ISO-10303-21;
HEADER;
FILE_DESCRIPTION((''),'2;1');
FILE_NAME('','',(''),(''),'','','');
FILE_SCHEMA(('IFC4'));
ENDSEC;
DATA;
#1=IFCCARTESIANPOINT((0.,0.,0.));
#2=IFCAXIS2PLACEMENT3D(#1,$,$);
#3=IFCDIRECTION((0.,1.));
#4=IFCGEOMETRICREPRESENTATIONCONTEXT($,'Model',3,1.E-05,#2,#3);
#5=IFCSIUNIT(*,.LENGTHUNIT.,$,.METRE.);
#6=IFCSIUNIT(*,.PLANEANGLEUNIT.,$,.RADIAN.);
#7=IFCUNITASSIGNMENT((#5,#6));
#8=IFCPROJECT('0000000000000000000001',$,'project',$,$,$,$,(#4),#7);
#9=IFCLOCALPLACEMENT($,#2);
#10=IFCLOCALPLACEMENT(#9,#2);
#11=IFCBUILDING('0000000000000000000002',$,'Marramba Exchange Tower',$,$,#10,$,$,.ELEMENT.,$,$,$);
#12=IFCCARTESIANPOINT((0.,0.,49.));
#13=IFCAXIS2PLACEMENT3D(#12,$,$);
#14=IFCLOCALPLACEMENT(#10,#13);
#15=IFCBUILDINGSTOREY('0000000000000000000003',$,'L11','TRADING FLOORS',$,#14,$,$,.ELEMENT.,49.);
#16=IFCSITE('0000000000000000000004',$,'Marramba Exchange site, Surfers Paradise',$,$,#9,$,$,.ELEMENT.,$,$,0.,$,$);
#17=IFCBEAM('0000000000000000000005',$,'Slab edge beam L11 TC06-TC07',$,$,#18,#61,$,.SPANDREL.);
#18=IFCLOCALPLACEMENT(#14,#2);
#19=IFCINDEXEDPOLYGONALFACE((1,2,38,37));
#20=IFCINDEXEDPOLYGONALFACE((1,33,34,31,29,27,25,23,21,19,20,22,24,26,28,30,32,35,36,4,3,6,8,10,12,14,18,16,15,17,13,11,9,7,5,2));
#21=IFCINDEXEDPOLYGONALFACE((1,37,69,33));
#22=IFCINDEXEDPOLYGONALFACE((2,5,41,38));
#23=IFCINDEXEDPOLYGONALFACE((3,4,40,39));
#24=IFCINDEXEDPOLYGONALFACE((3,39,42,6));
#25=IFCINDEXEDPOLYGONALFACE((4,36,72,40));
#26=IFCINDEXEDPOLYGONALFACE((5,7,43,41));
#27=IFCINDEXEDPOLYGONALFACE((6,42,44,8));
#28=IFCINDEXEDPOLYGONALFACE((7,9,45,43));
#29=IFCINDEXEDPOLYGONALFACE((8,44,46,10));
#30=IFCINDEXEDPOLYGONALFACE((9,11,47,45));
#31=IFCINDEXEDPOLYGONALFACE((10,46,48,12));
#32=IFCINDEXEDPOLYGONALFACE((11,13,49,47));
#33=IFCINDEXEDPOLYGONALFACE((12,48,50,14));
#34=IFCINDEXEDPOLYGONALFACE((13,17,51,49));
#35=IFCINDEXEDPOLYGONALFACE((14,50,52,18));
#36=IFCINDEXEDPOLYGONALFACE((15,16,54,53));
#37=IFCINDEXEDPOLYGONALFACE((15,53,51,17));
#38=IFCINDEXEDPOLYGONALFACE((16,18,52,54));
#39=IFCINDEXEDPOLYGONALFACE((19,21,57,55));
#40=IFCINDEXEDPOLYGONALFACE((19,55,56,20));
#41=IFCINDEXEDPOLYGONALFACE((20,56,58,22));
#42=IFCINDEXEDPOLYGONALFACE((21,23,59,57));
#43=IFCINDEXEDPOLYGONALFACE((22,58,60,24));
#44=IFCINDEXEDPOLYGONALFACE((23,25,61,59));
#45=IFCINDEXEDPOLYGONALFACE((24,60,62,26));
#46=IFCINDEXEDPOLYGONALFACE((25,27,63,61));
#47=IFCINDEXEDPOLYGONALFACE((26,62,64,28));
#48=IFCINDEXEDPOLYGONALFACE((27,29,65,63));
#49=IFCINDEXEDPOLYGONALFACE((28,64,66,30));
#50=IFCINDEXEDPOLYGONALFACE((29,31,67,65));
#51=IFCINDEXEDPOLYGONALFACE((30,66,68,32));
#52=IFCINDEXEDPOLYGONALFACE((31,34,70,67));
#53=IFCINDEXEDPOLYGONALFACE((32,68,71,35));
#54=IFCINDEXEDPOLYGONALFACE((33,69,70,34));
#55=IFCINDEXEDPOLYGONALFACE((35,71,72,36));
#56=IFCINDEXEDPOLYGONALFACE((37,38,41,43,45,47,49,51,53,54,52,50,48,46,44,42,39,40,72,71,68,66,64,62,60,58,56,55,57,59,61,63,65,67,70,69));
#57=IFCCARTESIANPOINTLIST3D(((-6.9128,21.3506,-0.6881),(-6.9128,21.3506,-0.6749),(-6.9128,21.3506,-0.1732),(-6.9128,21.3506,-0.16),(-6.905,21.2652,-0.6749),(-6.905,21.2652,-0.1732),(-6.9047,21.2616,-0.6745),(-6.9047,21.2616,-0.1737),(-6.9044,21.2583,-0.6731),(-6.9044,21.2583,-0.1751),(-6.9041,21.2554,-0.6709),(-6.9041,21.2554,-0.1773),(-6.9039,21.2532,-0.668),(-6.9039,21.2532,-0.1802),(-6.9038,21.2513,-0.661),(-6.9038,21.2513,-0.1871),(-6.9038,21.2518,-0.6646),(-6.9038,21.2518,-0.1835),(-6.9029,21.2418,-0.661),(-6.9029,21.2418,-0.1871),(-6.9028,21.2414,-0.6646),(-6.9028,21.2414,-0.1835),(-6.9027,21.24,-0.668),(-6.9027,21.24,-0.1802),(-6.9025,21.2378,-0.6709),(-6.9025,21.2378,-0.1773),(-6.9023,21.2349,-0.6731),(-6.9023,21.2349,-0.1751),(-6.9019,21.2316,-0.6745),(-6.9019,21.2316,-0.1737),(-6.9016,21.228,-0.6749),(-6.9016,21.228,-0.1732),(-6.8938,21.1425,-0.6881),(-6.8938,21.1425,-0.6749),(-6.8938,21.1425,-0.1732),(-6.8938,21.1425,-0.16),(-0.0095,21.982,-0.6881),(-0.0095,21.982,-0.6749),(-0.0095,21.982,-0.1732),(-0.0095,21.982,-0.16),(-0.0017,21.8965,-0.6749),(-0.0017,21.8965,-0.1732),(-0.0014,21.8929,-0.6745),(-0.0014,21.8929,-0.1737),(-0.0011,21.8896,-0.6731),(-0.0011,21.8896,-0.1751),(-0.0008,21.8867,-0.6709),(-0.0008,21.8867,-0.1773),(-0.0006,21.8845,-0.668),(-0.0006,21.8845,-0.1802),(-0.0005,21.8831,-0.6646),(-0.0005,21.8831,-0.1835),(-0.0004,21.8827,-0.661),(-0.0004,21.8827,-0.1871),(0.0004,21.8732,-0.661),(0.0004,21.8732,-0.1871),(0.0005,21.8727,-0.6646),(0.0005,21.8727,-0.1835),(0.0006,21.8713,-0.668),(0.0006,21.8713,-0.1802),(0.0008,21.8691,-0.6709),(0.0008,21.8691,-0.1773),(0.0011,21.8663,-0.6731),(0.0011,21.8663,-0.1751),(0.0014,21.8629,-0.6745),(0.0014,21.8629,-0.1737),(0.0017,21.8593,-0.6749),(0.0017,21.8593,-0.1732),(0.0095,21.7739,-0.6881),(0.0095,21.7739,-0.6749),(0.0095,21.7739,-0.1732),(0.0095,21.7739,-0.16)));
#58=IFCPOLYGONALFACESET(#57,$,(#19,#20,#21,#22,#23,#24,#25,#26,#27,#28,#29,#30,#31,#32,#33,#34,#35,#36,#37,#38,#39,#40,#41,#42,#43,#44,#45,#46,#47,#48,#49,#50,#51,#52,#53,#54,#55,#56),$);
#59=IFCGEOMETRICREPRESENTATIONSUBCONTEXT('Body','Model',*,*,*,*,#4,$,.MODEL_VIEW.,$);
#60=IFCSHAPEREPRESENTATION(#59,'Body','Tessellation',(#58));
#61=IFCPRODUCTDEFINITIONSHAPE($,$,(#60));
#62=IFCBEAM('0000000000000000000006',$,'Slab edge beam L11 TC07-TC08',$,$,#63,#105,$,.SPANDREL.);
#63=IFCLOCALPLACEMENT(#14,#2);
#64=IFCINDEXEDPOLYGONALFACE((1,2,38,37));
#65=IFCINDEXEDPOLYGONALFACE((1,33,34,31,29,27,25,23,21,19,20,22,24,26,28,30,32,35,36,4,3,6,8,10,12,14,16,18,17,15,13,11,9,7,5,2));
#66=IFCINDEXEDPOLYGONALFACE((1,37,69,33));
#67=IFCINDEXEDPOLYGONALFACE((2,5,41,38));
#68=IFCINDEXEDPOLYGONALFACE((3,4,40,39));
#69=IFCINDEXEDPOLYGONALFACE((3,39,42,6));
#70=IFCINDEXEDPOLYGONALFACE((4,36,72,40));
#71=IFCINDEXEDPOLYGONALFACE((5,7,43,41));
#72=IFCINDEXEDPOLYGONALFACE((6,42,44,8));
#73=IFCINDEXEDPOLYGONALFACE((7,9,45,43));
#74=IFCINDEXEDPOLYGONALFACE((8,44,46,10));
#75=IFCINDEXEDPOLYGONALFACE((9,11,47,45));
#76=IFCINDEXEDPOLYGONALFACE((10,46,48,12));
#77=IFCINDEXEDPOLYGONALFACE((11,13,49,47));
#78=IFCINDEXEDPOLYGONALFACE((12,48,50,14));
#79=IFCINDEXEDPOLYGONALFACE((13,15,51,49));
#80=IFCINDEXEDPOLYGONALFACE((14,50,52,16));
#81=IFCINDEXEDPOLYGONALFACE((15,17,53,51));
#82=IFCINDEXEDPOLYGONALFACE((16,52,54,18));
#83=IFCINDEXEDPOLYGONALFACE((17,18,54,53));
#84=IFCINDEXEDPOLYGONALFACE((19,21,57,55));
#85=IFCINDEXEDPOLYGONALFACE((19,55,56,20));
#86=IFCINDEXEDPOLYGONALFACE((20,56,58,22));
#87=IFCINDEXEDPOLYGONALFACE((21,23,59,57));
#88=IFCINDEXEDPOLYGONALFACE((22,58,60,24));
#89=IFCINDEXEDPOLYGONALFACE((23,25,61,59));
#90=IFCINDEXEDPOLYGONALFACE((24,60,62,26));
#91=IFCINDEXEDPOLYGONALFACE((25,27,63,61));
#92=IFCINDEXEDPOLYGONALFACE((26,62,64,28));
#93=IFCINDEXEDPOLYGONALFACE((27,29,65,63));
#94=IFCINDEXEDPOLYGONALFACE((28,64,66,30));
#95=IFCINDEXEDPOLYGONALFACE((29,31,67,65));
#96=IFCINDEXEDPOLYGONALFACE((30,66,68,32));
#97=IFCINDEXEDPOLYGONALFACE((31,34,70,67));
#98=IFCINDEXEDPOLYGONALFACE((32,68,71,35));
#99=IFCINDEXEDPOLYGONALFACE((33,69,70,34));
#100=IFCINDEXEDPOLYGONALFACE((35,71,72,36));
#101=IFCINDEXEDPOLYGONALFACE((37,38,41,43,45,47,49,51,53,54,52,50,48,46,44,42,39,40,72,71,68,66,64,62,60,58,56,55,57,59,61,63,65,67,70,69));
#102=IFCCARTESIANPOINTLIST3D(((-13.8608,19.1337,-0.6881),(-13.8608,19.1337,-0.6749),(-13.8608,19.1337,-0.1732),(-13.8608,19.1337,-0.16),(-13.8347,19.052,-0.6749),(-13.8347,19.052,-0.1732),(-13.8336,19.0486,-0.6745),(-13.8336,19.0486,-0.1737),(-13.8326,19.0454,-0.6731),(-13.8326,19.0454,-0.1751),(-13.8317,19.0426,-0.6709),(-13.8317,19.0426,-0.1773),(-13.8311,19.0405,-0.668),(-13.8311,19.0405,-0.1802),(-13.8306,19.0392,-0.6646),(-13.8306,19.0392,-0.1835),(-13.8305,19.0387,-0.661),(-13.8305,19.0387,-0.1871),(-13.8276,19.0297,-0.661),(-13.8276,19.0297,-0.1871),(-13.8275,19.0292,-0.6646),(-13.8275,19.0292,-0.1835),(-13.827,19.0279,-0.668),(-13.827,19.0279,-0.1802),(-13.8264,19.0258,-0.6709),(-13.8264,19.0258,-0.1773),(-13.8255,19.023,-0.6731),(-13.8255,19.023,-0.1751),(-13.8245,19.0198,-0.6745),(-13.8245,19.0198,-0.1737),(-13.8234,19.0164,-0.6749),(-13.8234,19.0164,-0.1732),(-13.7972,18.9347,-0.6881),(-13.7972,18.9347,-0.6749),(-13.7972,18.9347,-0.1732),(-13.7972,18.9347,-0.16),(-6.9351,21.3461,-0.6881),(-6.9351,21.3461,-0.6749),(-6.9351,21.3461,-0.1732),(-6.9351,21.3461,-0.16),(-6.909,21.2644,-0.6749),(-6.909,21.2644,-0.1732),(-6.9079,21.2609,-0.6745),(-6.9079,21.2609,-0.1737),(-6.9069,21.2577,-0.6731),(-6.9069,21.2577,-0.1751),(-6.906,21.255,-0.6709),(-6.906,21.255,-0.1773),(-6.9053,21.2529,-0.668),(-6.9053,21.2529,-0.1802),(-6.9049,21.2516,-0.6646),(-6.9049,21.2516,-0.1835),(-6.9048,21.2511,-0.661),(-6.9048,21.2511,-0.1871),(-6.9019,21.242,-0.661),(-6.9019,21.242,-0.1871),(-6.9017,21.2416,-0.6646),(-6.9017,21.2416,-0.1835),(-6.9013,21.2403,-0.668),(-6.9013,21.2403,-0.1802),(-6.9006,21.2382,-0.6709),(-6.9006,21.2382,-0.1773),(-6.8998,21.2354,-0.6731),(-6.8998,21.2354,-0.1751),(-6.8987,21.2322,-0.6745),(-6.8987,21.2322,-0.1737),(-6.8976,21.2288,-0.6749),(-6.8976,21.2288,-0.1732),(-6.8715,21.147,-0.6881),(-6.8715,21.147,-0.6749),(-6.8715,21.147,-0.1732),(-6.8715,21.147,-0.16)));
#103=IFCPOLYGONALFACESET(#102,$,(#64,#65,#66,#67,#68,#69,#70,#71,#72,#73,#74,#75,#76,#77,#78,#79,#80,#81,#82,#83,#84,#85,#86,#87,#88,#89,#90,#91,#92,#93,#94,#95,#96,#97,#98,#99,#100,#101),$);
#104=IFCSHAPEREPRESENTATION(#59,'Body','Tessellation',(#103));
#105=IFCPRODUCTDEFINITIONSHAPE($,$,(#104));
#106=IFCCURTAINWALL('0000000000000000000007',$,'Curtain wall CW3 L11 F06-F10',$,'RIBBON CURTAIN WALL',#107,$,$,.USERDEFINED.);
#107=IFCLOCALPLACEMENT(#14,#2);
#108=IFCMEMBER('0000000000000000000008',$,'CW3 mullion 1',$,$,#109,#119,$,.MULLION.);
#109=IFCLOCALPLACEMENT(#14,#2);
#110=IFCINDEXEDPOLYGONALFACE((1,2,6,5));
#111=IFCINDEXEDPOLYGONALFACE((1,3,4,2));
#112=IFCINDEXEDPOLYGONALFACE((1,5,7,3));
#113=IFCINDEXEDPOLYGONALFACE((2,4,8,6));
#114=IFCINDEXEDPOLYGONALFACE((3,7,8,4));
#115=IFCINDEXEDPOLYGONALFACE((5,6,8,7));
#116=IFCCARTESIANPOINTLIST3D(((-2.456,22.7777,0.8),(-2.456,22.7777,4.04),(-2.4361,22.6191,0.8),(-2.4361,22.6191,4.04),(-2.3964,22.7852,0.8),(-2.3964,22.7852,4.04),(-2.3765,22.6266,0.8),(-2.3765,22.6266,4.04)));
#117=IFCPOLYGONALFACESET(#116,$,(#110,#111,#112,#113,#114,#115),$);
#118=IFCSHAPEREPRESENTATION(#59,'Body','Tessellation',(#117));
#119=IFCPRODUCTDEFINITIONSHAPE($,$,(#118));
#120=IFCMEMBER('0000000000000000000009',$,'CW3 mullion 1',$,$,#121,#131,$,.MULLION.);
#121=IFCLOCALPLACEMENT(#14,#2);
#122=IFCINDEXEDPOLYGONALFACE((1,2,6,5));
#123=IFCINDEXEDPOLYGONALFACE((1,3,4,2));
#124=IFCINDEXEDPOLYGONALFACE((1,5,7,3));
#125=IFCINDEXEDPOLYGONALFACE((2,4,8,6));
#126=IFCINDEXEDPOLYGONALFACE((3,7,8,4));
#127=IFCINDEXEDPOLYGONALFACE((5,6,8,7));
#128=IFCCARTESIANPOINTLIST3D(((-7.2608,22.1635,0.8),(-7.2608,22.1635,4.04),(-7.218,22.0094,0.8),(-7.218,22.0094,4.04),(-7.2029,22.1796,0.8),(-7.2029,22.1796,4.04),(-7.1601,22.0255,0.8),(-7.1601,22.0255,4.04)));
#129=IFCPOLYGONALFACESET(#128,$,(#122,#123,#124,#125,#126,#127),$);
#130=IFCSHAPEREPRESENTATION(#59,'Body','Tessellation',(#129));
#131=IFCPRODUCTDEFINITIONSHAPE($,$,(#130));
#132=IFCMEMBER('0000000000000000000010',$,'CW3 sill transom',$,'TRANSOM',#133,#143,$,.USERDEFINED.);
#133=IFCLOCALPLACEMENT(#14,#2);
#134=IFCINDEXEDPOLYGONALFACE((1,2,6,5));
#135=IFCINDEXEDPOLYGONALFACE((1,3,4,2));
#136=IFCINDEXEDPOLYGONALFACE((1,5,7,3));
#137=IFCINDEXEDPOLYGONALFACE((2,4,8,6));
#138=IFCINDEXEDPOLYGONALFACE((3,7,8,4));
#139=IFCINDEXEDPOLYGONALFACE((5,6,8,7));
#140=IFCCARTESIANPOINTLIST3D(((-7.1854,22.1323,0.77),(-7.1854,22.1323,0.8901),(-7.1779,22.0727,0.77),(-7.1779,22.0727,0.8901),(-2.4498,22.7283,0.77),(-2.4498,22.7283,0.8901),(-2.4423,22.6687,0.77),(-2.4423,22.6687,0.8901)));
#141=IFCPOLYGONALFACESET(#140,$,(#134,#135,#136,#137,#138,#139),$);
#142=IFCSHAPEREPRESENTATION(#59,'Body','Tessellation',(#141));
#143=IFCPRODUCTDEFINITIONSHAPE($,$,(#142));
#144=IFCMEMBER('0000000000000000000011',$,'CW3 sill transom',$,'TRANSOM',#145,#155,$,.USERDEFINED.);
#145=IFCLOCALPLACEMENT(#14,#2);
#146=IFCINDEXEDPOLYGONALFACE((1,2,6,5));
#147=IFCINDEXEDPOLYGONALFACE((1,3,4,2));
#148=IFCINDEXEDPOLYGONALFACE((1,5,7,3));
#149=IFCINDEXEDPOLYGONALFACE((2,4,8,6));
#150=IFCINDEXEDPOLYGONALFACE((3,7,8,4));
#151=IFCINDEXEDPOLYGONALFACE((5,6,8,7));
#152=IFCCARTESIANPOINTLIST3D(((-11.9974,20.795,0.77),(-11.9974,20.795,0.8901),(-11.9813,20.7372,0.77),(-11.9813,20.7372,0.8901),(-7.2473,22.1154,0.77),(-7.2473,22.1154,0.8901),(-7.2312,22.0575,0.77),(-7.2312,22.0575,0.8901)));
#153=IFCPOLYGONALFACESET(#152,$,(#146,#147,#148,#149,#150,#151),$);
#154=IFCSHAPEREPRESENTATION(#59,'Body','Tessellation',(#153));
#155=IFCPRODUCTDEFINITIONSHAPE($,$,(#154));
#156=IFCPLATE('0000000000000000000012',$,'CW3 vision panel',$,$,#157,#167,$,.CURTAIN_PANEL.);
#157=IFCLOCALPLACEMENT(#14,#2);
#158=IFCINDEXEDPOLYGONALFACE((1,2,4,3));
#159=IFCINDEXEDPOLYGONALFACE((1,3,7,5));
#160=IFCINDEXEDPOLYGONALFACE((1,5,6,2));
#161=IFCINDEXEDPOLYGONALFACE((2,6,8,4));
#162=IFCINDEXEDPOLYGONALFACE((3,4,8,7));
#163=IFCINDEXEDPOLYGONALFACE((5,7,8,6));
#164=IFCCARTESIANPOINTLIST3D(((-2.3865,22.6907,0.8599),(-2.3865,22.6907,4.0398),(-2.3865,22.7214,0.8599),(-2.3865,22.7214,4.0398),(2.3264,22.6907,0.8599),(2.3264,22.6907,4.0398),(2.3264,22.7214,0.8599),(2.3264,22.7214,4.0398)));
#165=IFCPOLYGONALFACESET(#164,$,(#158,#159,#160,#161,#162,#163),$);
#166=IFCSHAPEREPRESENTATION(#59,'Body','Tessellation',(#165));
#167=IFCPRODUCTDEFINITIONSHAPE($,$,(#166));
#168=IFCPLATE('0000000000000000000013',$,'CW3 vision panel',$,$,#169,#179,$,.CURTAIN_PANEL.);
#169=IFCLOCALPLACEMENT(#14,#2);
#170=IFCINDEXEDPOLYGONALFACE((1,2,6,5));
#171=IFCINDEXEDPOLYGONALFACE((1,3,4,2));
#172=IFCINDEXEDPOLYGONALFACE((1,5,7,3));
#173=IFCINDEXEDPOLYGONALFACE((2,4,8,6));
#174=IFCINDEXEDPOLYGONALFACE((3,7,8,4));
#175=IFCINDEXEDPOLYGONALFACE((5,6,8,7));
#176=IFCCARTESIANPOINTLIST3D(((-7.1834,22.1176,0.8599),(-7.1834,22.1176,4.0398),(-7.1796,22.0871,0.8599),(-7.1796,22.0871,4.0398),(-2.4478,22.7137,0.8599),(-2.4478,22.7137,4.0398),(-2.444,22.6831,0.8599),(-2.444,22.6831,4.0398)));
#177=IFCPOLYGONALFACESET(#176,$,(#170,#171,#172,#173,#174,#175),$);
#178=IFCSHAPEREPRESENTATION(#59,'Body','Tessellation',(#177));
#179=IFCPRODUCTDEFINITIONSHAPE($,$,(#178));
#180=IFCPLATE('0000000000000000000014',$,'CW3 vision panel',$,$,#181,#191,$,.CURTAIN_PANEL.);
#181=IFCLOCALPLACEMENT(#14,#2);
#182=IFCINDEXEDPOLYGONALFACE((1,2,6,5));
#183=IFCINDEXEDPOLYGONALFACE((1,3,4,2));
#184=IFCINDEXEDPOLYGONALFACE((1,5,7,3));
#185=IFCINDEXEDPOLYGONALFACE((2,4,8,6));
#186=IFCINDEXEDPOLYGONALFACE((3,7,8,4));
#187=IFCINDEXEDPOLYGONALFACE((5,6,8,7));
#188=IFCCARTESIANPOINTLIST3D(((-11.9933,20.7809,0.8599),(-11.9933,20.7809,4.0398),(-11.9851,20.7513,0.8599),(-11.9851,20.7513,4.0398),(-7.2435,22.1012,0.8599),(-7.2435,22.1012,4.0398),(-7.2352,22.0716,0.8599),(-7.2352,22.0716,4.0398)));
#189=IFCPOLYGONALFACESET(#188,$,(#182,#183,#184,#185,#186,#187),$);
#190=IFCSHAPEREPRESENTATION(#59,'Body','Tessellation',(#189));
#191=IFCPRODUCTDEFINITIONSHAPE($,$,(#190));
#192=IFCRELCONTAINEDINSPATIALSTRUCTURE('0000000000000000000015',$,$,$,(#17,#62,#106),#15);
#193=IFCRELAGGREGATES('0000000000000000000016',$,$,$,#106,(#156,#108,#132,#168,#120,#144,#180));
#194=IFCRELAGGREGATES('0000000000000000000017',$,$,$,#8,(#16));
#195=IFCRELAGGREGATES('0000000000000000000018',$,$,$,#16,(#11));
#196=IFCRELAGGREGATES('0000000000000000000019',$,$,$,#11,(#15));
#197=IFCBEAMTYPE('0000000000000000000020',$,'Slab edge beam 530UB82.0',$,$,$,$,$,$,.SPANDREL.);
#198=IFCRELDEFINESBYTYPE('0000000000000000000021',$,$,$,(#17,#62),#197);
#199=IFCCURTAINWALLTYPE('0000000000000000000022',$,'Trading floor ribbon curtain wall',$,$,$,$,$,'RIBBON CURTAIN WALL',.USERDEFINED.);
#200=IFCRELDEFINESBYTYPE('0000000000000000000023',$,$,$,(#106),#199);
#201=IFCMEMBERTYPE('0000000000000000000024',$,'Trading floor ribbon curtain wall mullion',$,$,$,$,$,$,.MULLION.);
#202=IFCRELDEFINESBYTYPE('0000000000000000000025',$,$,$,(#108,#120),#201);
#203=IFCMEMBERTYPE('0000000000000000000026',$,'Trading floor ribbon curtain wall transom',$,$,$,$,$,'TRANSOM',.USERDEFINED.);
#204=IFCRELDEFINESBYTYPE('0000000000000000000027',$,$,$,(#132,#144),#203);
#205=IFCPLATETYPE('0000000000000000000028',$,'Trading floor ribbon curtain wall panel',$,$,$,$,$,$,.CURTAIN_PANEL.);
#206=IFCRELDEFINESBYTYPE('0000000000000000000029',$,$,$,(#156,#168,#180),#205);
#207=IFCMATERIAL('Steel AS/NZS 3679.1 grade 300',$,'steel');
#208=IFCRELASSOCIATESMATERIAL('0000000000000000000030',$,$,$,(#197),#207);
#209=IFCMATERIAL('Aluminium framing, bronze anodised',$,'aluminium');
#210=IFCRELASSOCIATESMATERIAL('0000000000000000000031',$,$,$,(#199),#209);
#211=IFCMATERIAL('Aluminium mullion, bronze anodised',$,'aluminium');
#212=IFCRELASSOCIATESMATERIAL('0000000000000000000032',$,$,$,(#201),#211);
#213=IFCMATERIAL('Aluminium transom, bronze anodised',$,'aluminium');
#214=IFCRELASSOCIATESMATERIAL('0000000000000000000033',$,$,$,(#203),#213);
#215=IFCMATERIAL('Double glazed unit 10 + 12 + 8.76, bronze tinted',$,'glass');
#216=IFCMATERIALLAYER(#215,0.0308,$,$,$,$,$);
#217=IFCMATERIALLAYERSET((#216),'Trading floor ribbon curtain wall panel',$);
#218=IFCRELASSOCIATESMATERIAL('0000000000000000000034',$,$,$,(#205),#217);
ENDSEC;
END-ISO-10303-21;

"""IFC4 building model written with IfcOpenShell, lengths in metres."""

from ifc_helpers import new_model, si_unit, direction, frame, origin, origin_2d, place, context, subcontext, project, spatial, rectangle, i_section, extrude, material, layer, layer_set, material_profile, profile_set, type_object, element, aggregate, save


model = new_model("IFC4")

# Units and contexts
model_context = context("Model", 3, precision=1e-05, world=origin(), true_north=direction((0.0, 1.0)))
body_context = subcontext(model_context, "Body", "Model", "MODEL_VIEW")
ifc_project = project(units=[si_unit("LENGTHUNIT", "METRE"), si_unit("PLANEANGLEUNIT", "RADIAN")], contexts=[model_context])

# Site, building, storey
site_placement = place(None, origin())
site = spatial("IfcSite", under=ifc_project, at=site_placement, Name="Marramba Exchange site, Surfers Paradise", CompositionType="ELEMENT", RefElevation=0.0)
building_placement = place(site_placement, origin())
building = spatial("IfcBuilding", under=site, at=building_placement, Name="Marramba Exchange Tower", CompositionType="ELEMENT")
storey_placement = place(building_placement, frame((0.0, 0.0, 49.0)))
storey = spatial("IfcBuildingStorey", under=building, at=storey_placement, Name="L11", Description="TRADING FLOORS", CompositionType="ELEMENT", Elevation=49.0)

# Beams
ifc_material_1 = material(Name="Steel AS/NZS 3679.1 grade 300", Category="steel")
ifc_material_profile_1 = material_profile(ifc_material_1, i_section(OverallWidth=0.209, OverallDepth=0.5281, WebThickness=0.0095, FlangeThickness=0.0132, FilletRadius=0.0139, at=origin_2d()), Name="530UB82.0")
ifc_profile_set_1 = profile_set([ifc_material_profile_1], Name="Steel AS/NZS 3679.1 grade 300")
beam_type_1 = type_object("IfcBeamType", Name="Slab edge beam 530UB82.0", PredefinedType="SPANDREL", material=ifc_profile_set_1)
beam_1_placement = place(storey_placement, frame((0.0, 21.8779, -0.4241), z_axis=(-0.995844, -0.091076, 0.0), x_axis=(0.091076, -0.995844, 0.0)))
element("IfcBeam", 1, at=beam_1_placement, inside=storey, type_object=beam_type_1, Name="Slab edge beam L11 TC06-TC07", PredefinedType="SPANDREL", context=body_context, shape_type="SweptSolid", body=[
    extrude(i_section(OverallWidth=0.209, OverallDepth=0.5281, WebThickness=0.0095, FlangeThickness=0.0132, FilletRadius=0.0139, at=origin_2d()), origin(), (0.0, 0.0, 1.0), 6.9321),
])
beam_2_placement = place(storey_placement, frame((-6.9033, 21.2466, -0.4241), z_axis=(-0.952578, -0.304296, 0.0), x_axis=(0.304296, -0.952578, 0.0)))
element("IfcBeam", 2, at=beam_2_placement, inside=storey, type_object=beam_type_1, Name="Slab edge beam L11 TC07-TC08", PredefinedType="SPANDREL", context=body_context, shape_type="SweptSolid", body=[
    extrude(i_section(OverallWidth=0.209, OverallDepth=0.5281, WebThickness=0.0095, FlangeThickness=0.0132, FilletRadius=0.0139, at=origin_2d()), origin(), (0.0, 0.0, 1.0), 7.2705),
])

# Curtain wall, members, plates
ifc_material_2 = material(Name="Aluminium framing, bronze anodised", Category="aluminium")
curtain_wall_type = type_object("IfcCurtainWallType", Name="Trading floor ribbon curtain wall", ElementType="RIBBON CURTAIN WALL", PredefinedType="USERDEFINED", material=ifc_material_2)
curtain_wall_placement = place(storey_placement, origin())
curtain_wall = element("IfcCurtainWall", 3, at=curtain_wall_placement, inside=storey, type_object=curtain_wall_type, Name="Curtain wall CW3 L11 F06-F10", ObjectType="RIBBON CURTAIN WALL", PredefinedType="USERDEFINED")
ifc_material_3 = material(Name="Aluminium mullion, bronze anodised", Category="aluminium")
ifc_material_profile_2 = material_profile(ifc_material_3, rectangle(XDim=0.1599, YDim=0.0601, at=origin_2d()), Name="CW3 mullion 60x160")
ifc_profile_set_2 = profile_set([ifc_material_profile_2], Name="Aluminium mullion, bronze anodised")
member_type_1 = type_object("IfcMemberType", Name="Trading floor ribbon curtain wall mullion", PredefinedType="MULLION", material=ifc_profile_set_2)
member_1_placement = place(storey_placement, frame((-2.4163, 22.7021, 0.8), z_axis=(0.0, 0.0, 1.0), x_axis=(0.124873, -0.992173, 0.0)))
member_1 = element("IfcMember", 4, at=member_1_placement, type_object=member_type_1, Name="CW3 mullion 1", PredefinedType="MULLION", context=body_context, shape_type="SweptSolid", body=[
    extrude(rectangle(XDim=0.1599, YDim=0.0601, at=origin_2d()), origin(), (0.0, 0.0, 1.0), 3.24),
])
member_2_placement = place(storey_placement, frame((-7.2104, 22.0945, 0.8), z_axis=(0.0, 0.0, 1.0), x_axis=(0.267809, -0.963472, 0.0)))
member_2 = element("IfcMember", 5, at=member_2_placement, type_object=member_type_1, Name="CW3 mullion 1", PredefinedType="MULLION", context=body_context, shape_type="SweptSolid", body=[
    extrude(rectangle(XDim=0.1599, YDim=0.0601, at=origin_2d()), origin(), (0.0, 0.0, 1.0), 3.24),
])
ifc_material_4 = material(Name="Aluminium transom, bronze anodised", Category="aluminium")
ifc_material_profile_3 = material_profile(ifc_material_4, rectangle(XDim=0.0601, YDim=0.1201, at=origin_2d()), Name="CW3 transom 60x120")
ifc_profile_set_3 = profile_set([ifc_material_profile_3], Name="Aluminium transom, bronze anodised")
member_type_2 = type_object("IfcMemberType", Name="Trading floor ribbon curtain wall transom", ElementType="TRANSOM", PredefinedType="USERDEFINED", material=ifc_profile_set_3)
member_3_placement = place(storey_placement, frame((-2.446, 22.6985, 0.8301), z_axis=(-0.992174, -0.124859, 0.0), x_axis=(0.124859, -0.992174, 0.0)))
member_3 = element("IfcMember", 6, at=member_3_placement, type_object=member_type_2, Name="CW3 sill transom", ObjectType="TRANSOM", PredefinedType="USERDEFINED", context=body_context, shape_type="SweptSolid", body=[
    extrude(rectangle(XDim=0.0601, YDim=0.1201, at=origin_2d()), origin(), (0.0, 0.0, 1.0), 4.7729),
])
member_4_placement = place(storey_placement, frame((-7.2393, 22.0864, 0.8301), z_axis=(-0.963472, -0.267807, 0.0), x_axis=(0.267807, -0.963472, 0.0)))
member_4 = element("IfcMember", 7, at=member_4_placement, type_object=member_type_2, Name="CW3 sill transom", ObjectType="TRANSOM", PredefinedType="USERDEFINED", context=body_context, shape_type="SweptSolid", body=[
    extrude(rectangle(XDim=0.0601, YDim=0.1201, at=origin_2d()), origin(), (0.0, 0.0, 1.0), 4.9302),
])
ifc_material_5 = material(Name="Double glazed unit 10 + 12 + 8.76, bronze tinted", Category="glass")
ifc_layer_1 = layer(ifc_material_5, 0.0308)
ifc_layer_set_1 = layer_set([ifc_layer_1], Name="Trading floor ribbon curtain wall panel")
plate_type = type_object("IfcPlateType", Name="Trading floor ribbon curtain wall panel", PredefinedType="CURTAIN_PANEL", material=ifc_layer_set_1)
plate_1_placement = place(storey_placement, frame((-0.03, 22.7061, 0.8599), z_axis=(0.0, 0.0, 1.0), x_axis=(-1.0, 0.0, 0.0)))
plate_1 = element("IfcPlate", 8, at=plate_1_placement, type_object=plate_type, Name="CW3 vision panel", PredefinedType="CURTAIN_PANEL", context=body_context, shape_type="SweptSolid", body=[
    extrude(rectangle(XDim=4.7129, YDim=0.0308, at=origin_2d()), origin(), (0.0, 0.0, 1.0), 3.1799),
])
plate_2_placement = place(storey_placement, frame((-4.8137, 22.4004, 0.8599), z_axis=(0.0, 0.0, 1.0), x_axis=(-0.992173, -0.124873, 0.0)))
plate_2 = element("IfcPlate", 9, at=plate_2_placement, type_object=plate_type, Name="CW3 vision panel", PredefinedType="CURTAIN_PANEL", context=body_context, shape_type="SweptSolid", body=[
    extrude(rectangle(XDim=4.7729, YDim=0.0308, at=origin_2d()), origin(), (0.0, 0.0, 1.0), 3.1799),
])
plate_3_placement = place(storey_placement, frame((-9.6143, 21.4263, 0.8599), z_axis=(0.0, 0.0, 1.0), x_axis=(-0.963472, -0.267809, 0.0)))
plate_3 = element("IfcPlate", 10, at=plate_3_placement, type_object=plate_type, Name="CW3 vision panel", PredefinedType="CURTAIN_PANEL", context=body_context, shape_type="SweptSolid", body=[
    extrude(rectangle(XDim=4.9299, YDim=0.0308, at=origin_2d()), origin(), (0.0, 0.0, 1.0), 3.1799),
])
aggregate(curtain_wall, [plate_1, member_1, member_3, plate_2, member_2, member_4, plate_3])

save(model, "model.ifc")
